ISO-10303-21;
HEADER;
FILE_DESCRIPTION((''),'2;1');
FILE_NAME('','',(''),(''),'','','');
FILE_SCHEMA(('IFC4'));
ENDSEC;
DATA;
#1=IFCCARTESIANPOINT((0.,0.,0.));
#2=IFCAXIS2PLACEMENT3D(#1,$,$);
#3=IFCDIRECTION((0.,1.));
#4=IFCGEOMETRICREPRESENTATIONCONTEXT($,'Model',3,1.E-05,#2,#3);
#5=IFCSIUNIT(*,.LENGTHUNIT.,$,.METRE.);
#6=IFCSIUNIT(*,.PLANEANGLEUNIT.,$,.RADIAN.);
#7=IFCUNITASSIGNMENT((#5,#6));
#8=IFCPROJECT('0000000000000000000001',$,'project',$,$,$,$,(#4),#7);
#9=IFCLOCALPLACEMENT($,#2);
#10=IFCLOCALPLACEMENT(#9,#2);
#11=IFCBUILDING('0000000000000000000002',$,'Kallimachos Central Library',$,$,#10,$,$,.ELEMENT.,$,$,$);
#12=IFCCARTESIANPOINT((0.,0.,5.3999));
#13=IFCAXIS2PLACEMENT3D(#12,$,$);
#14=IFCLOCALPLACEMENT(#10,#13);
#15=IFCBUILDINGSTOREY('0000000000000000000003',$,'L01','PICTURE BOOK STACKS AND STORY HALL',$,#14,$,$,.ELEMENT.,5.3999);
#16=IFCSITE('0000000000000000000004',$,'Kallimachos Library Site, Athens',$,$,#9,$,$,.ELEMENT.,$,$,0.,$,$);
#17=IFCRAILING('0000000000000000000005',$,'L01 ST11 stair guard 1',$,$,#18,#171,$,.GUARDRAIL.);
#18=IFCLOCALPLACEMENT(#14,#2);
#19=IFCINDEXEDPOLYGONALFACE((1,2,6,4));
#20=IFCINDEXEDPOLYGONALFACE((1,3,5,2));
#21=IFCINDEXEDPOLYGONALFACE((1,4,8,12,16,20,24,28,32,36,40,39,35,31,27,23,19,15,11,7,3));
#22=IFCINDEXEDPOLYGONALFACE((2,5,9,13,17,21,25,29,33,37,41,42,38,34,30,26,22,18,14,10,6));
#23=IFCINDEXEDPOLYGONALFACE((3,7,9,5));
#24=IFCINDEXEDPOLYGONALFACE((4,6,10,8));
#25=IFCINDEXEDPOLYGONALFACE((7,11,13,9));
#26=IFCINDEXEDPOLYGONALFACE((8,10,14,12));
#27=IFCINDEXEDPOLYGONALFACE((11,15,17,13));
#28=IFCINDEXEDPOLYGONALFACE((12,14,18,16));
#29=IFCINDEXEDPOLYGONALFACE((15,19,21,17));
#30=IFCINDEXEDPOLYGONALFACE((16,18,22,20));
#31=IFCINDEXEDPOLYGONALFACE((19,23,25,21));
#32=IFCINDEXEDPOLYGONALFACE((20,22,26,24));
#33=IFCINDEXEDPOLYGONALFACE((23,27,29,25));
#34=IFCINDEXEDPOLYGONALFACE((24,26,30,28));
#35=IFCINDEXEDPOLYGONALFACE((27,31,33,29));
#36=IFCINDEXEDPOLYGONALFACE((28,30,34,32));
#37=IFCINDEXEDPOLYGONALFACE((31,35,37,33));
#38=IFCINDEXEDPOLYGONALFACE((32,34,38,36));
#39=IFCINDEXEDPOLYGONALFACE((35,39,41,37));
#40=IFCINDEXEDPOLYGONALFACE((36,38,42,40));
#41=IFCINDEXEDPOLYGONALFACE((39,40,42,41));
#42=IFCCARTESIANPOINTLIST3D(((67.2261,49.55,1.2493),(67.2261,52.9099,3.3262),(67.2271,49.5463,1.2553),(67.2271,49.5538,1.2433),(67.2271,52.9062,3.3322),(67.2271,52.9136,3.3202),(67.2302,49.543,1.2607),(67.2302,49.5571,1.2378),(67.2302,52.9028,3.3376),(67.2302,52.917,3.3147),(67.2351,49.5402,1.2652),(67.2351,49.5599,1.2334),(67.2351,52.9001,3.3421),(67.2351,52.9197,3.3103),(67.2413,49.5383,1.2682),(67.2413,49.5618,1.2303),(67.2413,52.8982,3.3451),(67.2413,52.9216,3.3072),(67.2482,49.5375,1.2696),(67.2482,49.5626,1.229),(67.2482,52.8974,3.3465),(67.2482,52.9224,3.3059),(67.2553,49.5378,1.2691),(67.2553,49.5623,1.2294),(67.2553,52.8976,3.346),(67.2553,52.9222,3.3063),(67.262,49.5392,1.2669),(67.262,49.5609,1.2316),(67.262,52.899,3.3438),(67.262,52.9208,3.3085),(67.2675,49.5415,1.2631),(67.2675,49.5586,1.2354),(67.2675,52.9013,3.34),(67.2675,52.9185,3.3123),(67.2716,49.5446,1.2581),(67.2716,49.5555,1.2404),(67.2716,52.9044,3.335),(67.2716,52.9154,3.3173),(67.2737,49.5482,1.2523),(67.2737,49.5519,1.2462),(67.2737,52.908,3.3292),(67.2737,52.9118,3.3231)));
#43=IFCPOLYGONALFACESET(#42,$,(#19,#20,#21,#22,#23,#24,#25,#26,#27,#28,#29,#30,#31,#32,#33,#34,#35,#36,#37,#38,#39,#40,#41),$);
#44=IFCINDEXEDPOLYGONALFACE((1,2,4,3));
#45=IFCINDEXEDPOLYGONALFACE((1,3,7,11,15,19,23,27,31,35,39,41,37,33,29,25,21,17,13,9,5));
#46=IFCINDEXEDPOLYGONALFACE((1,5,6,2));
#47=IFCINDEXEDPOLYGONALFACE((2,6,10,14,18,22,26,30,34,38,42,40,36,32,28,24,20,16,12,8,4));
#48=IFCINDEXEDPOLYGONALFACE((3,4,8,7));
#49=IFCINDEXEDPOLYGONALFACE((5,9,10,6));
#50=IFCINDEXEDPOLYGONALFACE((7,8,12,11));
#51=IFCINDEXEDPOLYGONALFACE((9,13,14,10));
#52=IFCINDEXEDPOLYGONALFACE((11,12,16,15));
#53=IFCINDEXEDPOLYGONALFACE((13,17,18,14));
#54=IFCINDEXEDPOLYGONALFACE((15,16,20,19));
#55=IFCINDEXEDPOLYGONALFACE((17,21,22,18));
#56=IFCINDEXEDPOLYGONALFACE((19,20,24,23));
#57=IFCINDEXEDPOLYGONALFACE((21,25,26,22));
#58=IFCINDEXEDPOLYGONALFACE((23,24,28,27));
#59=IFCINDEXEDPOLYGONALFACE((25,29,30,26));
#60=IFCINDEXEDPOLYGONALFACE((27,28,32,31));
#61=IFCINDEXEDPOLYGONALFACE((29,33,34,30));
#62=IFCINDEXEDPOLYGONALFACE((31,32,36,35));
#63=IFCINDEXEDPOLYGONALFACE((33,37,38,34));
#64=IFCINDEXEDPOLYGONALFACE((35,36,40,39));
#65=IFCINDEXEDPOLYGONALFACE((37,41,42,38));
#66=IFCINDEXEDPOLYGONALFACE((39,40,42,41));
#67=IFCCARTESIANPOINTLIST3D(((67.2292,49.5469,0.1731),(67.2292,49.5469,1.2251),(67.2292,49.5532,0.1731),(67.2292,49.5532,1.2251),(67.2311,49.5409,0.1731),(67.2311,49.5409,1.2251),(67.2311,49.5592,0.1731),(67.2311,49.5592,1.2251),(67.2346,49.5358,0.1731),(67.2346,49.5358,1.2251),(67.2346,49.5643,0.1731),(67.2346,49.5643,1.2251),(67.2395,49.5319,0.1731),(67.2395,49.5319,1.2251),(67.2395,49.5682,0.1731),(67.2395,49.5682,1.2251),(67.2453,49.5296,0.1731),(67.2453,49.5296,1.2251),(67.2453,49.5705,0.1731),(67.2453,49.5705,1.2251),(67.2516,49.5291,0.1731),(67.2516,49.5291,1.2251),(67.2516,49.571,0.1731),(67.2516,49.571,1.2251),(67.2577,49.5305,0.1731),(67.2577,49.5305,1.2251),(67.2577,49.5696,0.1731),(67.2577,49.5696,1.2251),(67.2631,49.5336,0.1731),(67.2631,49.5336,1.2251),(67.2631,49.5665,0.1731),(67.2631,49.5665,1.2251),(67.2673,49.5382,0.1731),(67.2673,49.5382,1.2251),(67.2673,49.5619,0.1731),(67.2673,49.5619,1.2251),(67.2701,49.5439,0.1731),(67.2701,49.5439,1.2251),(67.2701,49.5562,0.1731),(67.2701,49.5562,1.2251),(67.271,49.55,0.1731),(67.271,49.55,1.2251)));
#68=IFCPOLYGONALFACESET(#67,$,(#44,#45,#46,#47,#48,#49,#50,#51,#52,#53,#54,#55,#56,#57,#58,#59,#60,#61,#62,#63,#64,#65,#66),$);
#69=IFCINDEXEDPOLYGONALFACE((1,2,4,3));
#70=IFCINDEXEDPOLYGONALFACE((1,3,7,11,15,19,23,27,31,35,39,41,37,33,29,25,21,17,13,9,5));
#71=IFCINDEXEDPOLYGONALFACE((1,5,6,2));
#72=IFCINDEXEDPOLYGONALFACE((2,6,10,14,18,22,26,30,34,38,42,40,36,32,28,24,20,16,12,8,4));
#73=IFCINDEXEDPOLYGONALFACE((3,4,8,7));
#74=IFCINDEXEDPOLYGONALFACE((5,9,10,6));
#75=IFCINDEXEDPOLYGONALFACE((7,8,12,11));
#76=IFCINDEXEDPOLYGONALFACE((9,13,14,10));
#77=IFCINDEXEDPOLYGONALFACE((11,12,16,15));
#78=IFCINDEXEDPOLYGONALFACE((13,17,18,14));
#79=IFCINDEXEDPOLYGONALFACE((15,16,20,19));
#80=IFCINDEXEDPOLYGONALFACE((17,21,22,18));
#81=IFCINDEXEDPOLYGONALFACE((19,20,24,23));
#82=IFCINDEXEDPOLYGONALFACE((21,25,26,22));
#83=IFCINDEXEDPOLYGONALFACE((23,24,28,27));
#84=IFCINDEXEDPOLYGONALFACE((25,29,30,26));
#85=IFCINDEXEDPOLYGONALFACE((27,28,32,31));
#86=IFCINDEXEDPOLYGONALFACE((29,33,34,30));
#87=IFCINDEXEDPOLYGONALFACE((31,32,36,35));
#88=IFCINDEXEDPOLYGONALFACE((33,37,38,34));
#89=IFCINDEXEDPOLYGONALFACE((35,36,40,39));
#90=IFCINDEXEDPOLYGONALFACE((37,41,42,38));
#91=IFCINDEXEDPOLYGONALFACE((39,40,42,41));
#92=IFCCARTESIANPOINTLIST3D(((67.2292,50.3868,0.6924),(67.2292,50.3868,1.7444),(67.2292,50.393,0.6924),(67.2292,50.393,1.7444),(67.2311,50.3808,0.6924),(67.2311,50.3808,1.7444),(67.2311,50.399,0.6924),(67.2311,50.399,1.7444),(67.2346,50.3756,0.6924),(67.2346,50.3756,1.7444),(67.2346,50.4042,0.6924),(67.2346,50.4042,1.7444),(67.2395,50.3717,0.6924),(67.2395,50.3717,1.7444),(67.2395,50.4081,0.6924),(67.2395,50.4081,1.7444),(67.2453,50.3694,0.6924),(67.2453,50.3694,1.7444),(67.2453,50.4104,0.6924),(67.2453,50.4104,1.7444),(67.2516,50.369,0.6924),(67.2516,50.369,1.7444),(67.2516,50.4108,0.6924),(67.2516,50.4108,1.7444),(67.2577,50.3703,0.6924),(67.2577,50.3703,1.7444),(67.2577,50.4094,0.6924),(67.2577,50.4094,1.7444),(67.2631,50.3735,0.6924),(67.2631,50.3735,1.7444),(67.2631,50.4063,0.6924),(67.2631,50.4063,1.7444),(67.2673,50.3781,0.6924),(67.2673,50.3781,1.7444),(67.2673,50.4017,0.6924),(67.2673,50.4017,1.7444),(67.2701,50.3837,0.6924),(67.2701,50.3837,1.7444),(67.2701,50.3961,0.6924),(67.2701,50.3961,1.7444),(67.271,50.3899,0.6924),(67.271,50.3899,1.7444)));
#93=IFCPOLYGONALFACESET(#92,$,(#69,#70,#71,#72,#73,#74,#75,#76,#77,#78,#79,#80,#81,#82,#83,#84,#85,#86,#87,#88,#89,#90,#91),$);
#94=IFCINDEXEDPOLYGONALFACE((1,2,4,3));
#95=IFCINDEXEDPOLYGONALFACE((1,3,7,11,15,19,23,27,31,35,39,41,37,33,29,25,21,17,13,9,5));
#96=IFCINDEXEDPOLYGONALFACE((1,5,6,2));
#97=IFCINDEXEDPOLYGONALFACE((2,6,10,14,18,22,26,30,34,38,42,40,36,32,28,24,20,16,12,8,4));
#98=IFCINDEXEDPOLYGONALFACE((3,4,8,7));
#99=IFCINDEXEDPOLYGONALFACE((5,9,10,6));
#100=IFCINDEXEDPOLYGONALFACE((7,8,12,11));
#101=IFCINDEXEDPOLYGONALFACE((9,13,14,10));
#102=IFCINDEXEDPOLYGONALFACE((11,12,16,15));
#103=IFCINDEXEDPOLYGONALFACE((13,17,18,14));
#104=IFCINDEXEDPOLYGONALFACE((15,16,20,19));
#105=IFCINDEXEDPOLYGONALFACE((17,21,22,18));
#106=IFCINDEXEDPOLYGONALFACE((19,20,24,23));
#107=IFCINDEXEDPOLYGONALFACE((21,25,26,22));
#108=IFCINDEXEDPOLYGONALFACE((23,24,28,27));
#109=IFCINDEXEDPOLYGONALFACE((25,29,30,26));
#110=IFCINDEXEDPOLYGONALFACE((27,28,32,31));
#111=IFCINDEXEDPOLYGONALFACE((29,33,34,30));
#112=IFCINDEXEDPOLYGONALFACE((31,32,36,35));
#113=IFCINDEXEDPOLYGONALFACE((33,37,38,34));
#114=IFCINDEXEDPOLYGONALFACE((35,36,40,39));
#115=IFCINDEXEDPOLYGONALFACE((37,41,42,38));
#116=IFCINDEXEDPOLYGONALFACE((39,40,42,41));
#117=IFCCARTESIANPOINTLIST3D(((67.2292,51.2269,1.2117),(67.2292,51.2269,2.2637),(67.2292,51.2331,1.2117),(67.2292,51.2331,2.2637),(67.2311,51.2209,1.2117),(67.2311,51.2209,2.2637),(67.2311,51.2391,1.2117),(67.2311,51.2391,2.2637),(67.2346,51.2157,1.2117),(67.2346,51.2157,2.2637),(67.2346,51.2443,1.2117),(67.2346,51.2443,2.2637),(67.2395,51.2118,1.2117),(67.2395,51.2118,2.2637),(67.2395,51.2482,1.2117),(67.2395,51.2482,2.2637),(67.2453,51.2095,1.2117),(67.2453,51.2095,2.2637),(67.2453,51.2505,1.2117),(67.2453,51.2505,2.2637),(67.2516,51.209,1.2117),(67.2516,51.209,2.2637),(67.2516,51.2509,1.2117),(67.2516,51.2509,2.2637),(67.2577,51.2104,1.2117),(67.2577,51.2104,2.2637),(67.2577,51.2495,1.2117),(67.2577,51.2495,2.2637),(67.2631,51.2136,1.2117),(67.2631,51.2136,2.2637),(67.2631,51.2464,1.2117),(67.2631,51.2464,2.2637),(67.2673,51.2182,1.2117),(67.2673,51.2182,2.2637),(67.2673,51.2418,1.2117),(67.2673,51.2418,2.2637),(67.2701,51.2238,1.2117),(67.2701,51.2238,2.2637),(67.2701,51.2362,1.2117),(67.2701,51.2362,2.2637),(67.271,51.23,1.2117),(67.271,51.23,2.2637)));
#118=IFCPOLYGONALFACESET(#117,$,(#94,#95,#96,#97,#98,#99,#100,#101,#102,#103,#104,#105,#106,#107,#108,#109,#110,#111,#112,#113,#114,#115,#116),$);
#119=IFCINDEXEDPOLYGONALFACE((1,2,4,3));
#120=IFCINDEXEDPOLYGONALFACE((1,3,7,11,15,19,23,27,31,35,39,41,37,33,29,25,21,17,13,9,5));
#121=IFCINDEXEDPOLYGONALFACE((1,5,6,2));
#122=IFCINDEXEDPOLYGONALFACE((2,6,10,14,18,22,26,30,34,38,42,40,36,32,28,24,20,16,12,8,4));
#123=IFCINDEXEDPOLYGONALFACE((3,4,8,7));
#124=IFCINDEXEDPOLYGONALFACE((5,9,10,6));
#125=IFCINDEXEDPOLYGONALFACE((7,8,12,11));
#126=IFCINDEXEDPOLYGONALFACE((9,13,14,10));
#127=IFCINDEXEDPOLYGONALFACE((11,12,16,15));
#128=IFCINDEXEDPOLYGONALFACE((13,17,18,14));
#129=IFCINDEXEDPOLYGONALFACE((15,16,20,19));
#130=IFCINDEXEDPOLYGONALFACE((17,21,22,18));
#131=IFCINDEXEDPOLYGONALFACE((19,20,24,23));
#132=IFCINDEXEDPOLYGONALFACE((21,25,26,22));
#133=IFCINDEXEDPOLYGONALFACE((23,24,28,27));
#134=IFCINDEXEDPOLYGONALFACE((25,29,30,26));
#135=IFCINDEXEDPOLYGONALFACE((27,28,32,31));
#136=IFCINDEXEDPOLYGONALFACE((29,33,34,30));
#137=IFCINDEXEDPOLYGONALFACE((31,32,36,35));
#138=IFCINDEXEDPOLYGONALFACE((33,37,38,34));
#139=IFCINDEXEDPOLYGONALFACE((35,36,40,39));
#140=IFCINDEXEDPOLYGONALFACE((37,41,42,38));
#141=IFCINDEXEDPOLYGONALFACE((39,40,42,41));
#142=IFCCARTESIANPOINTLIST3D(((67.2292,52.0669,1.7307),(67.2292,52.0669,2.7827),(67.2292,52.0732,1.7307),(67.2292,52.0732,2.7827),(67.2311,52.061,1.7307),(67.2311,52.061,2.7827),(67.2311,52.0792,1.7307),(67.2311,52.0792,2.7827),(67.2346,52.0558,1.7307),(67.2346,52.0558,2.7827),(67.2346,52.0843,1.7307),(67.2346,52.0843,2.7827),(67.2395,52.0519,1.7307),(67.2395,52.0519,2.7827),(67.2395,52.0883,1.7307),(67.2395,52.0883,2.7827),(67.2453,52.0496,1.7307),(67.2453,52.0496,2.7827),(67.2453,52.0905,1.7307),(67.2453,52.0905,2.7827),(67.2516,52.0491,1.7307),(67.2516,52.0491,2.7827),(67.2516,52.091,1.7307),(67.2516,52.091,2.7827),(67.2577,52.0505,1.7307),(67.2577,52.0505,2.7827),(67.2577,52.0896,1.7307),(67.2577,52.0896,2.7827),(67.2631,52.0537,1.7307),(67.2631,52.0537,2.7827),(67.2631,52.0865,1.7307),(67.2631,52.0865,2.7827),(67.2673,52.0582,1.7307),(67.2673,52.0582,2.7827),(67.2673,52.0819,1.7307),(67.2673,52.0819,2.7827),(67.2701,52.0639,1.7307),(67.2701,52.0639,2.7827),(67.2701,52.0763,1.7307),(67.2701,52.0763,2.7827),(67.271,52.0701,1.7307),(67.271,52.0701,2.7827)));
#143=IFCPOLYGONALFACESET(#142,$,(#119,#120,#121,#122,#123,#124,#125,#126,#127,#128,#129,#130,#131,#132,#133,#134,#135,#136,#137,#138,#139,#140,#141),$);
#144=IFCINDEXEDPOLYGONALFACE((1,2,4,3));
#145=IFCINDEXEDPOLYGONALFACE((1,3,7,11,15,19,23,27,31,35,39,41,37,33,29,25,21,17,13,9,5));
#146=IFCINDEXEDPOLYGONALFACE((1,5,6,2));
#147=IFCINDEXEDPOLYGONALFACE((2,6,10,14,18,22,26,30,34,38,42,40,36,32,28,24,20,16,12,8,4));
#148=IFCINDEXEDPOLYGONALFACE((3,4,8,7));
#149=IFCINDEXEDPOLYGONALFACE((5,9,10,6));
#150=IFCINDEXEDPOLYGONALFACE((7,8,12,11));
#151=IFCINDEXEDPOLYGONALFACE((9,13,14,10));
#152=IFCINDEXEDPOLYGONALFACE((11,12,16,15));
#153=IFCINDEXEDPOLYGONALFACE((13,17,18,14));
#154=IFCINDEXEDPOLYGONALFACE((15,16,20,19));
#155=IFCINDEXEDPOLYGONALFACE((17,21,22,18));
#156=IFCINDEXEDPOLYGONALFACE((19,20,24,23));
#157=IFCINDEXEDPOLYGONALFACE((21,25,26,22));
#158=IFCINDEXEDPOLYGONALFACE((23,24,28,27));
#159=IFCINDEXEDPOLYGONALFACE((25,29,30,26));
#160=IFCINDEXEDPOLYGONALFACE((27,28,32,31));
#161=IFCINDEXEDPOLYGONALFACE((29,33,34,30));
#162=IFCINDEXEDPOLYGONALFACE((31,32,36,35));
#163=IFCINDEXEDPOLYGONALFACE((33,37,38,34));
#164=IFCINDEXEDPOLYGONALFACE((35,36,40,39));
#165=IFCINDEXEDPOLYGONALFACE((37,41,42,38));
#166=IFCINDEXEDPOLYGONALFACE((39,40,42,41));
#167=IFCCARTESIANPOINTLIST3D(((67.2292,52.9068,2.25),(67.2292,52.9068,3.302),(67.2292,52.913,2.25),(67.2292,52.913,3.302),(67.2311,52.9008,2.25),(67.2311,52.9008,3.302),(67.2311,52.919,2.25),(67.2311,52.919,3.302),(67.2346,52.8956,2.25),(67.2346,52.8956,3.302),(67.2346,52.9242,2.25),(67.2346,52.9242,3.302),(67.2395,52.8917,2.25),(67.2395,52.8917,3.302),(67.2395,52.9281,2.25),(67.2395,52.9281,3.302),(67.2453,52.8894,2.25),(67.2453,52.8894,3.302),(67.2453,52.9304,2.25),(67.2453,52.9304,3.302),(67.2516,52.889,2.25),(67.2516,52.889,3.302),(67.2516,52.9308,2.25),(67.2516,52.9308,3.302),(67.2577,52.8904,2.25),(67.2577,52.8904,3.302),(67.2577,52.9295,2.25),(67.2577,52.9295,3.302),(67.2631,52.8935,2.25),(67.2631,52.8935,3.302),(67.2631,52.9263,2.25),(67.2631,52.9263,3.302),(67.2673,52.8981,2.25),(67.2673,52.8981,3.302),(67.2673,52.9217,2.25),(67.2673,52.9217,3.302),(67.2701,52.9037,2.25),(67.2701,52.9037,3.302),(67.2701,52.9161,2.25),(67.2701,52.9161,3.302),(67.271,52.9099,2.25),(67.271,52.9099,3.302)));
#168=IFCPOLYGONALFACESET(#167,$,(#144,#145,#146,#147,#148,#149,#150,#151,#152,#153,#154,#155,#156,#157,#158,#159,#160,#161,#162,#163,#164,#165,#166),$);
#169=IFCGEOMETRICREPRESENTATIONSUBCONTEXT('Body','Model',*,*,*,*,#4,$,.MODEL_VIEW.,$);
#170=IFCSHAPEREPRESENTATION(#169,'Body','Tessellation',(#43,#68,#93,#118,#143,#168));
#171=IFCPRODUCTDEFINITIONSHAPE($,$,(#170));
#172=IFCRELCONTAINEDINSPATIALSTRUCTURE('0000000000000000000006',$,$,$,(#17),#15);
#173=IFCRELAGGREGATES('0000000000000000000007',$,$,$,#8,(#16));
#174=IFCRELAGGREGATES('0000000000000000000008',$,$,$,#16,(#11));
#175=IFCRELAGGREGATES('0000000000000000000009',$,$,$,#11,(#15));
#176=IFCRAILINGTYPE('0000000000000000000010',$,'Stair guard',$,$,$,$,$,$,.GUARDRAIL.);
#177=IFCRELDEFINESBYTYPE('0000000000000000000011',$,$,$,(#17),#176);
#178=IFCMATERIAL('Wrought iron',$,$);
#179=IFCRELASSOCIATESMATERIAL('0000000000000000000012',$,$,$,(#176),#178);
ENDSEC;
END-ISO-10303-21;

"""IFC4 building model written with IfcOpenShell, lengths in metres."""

from ifc_helpers import new_model, si_unit, direction, frame, origin, origin_2d, place, context, subcontext, project, spatial, circle, extrude, material, type_object, element, save


model = new_model("IFC4")

# Units and contexts
model_context = context("Model", 3, precision=1e-05, world=origin(), true_north=direction((0.0, 1.0)))
body_context = subcontext(model_context, "Body", "Model", "MODEL_VIEW")
ifc_project = project(units=[si_unit("LENGTHUNIT", "METRE"), si_unit("PLANEANGLEUNIT", "RADIAN")], contexts=[model_context])

# Site, building, storey
site_placement = place(None, origin())
site = spatial("IfcSite", under=ifc_project, at=site_placement, Name="Kallimachos Library Site, Athens", CompositionType="ELEMENT", RefElevation=0.0)
building_placement = place(site_placement, origin())
building = spatial("IfcBuilding", under=site, at=building_placement, Name="Kallimachos Central Library", CompositionType="ELEMENT")
storey_placement = place(building_placement, frame((0.0, 0.0, 5.3999)))
storey = spatial("IfcBuildingStorey", under=building, at=storey_placement, Name="L01", Description="PICTURE BOOK STACKS AND STORY HALL", CompositionType="ELEMENT", Elevation=5.3999)

# Railing
ifc_material_1 = material(Name="Wrought iron")
railing_type_1 = type_object("IfcRailingType", Name="Stair guard", PredefinedType="GUARDRAIL", material=ifc_material_1)
railing_1_placement = place(storey_placement, frame((67.25, 49.55, 0.1731)))
element("IfcRailing", 1, at=railing_1_placement, inside=storey, type_object=railing_type_1, Name="L01 ST11 stair guard 1", PredefinedType="GUARDRAIL", context=body_context, shape_type="SweptSolid", body=[
    extrude(circle(Radius=0.0239, at=origin_2d()), frame((0.0, 0.0, 1.0762), z_axis=(0.0, 0.850606, 0.525803), x_axis=(-1.0, 0.0, 0.0)), (0.0, 0.0, 1.0), 3.95),
    extrude(circle(Radius=0.021, at=origin_2d()), origin(), (0.0, 0.0, 1.0), 1.052),
    extrude(circle(Radius=0.021, at=origin_2d()), frame((0.0, 0.8398, 0.5193)), (0.0, 0.0, 1.0), 1.052),
    extrude(circle(Radius=0.021, at=origin_2d()), frame((0.0, 1.6799, 1.0386)), (0.0, 0.0, 1.0), 1.052),
    extrude(circle(Radius=0.021, at=origin_2d()), frame((0.0, 2.52, 1.5576)), (0.0, 0.0, 1.0), 1.052),
    extrude(circle(Radius=0.021, at=origin_2d()), frame((0.0, 3.3599, 2.0769)), (0.0, 0.0, 1.0), 1.052),
])

save(model, "model.ifc")
